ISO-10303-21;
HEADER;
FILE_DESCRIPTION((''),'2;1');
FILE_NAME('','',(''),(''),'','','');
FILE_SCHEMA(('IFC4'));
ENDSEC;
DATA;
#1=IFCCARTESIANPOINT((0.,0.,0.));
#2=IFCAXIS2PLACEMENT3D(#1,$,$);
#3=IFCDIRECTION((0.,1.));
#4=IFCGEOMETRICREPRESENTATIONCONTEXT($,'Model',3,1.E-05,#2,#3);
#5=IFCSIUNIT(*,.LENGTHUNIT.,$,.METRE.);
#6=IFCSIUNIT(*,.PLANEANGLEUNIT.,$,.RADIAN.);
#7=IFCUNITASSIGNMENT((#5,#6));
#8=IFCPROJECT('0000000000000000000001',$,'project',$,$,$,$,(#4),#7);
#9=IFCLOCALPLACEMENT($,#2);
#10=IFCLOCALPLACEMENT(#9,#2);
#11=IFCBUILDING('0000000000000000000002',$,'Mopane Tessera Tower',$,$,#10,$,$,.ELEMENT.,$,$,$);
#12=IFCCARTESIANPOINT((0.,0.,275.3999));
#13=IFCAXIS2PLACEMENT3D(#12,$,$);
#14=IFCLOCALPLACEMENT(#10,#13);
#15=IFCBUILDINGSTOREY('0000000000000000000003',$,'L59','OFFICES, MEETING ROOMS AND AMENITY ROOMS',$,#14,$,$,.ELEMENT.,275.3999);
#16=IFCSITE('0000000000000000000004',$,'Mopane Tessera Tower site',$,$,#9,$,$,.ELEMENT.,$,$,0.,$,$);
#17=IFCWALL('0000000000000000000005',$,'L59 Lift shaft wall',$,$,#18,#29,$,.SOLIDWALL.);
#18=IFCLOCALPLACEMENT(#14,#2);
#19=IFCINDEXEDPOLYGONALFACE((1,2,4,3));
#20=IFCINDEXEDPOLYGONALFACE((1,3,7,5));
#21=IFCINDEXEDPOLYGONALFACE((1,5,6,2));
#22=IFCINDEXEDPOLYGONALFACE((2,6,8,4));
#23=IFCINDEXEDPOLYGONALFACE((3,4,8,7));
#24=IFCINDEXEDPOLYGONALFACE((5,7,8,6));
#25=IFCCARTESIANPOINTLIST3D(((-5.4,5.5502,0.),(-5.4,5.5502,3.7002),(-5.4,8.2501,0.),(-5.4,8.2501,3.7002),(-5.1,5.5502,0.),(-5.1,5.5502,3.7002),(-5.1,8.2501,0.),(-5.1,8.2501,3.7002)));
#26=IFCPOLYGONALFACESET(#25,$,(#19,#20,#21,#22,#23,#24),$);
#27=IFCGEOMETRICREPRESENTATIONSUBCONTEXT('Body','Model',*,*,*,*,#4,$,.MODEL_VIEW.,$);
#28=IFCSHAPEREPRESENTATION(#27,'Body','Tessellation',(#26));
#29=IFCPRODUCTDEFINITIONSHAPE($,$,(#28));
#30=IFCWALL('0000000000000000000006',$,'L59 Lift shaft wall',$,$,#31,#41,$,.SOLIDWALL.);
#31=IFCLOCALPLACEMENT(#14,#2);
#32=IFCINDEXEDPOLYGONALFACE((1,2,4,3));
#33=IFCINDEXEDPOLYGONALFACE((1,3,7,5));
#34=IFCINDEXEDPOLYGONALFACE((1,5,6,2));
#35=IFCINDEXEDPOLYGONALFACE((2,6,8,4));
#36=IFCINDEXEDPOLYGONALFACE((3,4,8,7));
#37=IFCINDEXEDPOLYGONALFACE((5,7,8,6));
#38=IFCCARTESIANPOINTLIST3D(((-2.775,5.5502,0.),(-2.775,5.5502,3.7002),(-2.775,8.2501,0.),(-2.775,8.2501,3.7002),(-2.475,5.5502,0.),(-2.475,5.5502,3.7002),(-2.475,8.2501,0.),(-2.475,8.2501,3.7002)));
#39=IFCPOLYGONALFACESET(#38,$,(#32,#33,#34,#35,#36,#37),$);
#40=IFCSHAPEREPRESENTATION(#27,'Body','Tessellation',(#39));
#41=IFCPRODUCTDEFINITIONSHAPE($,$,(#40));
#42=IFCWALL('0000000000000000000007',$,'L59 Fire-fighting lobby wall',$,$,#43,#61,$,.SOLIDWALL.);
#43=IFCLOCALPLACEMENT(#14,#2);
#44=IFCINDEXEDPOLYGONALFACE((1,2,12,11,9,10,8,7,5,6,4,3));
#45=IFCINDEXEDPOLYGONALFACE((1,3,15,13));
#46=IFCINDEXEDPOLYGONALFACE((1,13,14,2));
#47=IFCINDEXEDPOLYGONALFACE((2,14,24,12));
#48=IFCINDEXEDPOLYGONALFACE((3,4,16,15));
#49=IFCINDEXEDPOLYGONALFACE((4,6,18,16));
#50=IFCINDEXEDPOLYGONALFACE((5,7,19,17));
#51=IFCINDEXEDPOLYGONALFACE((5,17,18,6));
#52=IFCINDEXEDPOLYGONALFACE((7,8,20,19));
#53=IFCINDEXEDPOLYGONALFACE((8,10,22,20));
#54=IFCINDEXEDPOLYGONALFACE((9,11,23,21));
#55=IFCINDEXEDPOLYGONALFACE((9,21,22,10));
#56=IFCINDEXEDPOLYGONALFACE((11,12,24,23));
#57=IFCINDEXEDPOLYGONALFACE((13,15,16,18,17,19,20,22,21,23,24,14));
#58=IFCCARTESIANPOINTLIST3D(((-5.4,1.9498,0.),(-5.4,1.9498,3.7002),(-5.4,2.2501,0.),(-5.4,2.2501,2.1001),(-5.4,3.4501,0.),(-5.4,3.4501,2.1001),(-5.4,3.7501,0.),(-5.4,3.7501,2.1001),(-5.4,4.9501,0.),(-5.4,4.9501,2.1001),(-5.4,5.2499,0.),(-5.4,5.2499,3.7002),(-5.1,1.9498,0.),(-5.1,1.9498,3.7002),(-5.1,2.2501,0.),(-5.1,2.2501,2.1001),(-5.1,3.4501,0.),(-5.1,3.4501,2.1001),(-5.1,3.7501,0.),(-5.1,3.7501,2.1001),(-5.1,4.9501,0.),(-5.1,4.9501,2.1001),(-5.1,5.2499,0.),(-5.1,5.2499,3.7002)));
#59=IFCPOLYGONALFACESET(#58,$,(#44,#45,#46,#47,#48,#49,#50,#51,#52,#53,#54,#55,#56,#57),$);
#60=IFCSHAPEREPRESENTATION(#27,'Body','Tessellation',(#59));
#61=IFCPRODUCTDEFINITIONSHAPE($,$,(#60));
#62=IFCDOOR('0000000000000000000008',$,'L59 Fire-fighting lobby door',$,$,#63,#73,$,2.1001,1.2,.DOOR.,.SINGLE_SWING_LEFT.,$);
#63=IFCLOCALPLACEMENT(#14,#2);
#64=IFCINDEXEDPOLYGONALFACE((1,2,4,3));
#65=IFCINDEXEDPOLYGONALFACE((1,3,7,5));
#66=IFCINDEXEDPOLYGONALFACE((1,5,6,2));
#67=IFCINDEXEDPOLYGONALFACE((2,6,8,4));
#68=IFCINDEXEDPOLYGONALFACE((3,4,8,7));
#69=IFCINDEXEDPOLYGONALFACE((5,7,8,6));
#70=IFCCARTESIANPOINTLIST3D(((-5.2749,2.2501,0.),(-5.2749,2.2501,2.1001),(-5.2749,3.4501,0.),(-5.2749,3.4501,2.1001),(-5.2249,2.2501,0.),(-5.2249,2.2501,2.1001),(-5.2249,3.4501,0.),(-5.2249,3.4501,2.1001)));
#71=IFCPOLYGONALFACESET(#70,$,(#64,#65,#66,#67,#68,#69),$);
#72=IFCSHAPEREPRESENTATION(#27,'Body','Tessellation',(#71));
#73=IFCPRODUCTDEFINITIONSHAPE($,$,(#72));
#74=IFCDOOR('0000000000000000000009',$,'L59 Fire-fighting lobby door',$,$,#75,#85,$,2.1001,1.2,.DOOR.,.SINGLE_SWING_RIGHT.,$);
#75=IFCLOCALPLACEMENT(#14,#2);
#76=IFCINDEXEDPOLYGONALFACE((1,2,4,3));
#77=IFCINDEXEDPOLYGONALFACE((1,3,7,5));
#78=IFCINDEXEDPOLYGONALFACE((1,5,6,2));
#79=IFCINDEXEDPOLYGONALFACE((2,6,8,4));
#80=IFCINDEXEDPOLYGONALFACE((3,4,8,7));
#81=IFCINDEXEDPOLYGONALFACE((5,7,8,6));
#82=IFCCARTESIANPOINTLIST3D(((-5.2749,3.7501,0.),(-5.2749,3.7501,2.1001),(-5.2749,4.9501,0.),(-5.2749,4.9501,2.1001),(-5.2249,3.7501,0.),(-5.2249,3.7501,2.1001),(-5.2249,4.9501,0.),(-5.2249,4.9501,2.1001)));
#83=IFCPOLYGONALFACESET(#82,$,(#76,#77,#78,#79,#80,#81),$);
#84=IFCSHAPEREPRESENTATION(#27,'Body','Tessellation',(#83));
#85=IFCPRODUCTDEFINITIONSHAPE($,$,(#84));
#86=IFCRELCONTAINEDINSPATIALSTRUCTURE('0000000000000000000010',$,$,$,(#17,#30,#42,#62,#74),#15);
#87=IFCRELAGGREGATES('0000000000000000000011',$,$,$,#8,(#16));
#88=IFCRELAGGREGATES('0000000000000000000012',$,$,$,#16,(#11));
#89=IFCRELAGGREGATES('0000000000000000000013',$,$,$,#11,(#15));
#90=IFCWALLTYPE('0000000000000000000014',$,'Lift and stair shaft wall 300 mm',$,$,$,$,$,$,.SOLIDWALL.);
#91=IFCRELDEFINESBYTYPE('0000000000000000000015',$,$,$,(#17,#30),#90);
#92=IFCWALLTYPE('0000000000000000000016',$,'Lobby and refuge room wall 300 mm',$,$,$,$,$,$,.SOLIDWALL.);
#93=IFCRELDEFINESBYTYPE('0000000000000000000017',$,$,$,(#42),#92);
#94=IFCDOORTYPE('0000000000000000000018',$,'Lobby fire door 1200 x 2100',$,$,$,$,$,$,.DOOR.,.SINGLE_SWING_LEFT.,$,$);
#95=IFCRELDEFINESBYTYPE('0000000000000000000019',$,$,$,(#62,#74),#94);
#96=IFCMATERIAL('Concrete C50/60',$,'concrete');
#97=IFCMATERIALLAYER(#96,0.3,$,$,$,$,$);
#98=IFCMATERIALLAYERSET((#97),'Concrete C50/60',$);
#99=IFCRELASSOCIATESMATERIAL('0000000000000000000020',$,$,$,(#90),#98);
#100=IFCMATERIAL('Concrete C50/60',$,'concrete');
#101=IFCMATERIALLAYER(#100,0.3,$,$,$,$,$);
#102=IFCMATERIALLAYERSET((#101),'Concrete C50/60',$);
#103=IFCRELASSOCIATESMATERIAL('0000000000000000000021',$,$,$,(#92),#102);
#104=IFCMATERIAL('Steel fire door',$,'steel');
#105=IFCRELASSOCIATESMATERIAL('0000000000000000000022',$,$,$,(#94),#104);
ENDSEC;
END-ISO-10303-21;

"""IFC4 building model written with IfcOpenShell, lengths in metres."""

from ifc_helpers import new_model, si_unit, direction, frame, frame_2d, origin, place, context, subcontext, project, spatial, rectangle, extrude, material, layer, layer_set, type_object, element, fill, save


model = new_model("IFC4")

# Units and contexts
model_context = context("Model", 3, precision=1e-05, world=origin(), true_north=direction((0.0, 1.0)))
body_context = subcontext(model_context, "Body", "Model", "MODEL_VIEW")
ifc_project = project(units=[si_unit("LENGTHUNIT", "METRE"), si_unit("PLANEANGLEUNIT", "RADIAN")], contexts=[model_context])

# Site, building, storey
site_placement = place(None, origin())
site = spatial("IfcSite", under=ifc_project, at=site_placement, Name="Mopane Tessera Tower site", CompositionType="ELEMENT", RefElevation=0.0)
building_placement = place(site_placement, origin())
building = spatial("IfcBuilding", under=site, at=building_placement, Name="Mopane Tessera Tower", CompositionType="ELEMENT")
storey_placement = place(building_placement, frame((0.0, 0.0, 275.3999)))
storey = spatial("IfcBuildingStorey", under=building, at=storey_placement, Name="L59", Description="OFFICES, MEETING ROOMS AND AMENITY ROOMS", CompositionType="ELEMENT", Elevation=275.3999)

# Shared definitions
ifc_material_1 = material(Name="Concrete C50/60", Category="concrete")
ifc_layer_1 = layer(ifc_material_1, 0.3)
ifc_layer_set_1 = layer_set([ifc_layer_1], Name="Concrete C50/60")
wall_type_1 = type_object("IfcWallType", Name="Lift and stair shaft wall 300 mm", PredefinedType="SOLIDWALL", material=ifc_layer_set_1)

# Walls
for number, where, z_axis, x_axis, name in (
    (1, (-5.25, 5.55, 0.0), (0.0, 0.0, 1.0), (0.0, 1.0, 0.0), "L59 Lift shaft wall"),
    (2, (-2.625, 5.55, 0.0), (0.0, 0.0, 1.0), (0.0, 1.0, 0.0), "L59 Lift shaft wall"),
):
    element("IfcWall", number, at=place(storey_placement, frame(where, z_axis=z_axis, x_axis=x_axis)), inside=storey, type_object=wall_type_1, Name=name, PredefinedType="SOLIDWALL", context=body_context, shape_type="SweptSolid", body=[
        extrude(rectangle(XDim=2.7, YDim=0.3, at=frame_2d((1.3501, 0.0))), origin(), (0.0, 0.0, 1.0), 3.7002),
    ])

# Wall, openings, doors
ifc_material_2 = material(Name="Concrete C50/60", Category="concrete")
ifc_layer_2 = layer(ifc_material_2, 0.3)
ifc_layer_set_2 = layer_set([ifc_layer_2], Name="Concrete C50/60")
wall_type_2 = type_object("IfcWallType", Name="Lobby and refuge room wall 300 mm", PredefinedType="SOLIDWALL", material=ifc_layer_set_2)
wall_1_placement = place(storey_placement, frame((-5.25, 1.95, 0.0), z_axis=(0.0, 0.0, 1.0), x_axis=(0.0, 1.0, 0.0)))
wall_1 = element("IfcWall", 3, at=wall_1_placement, inside=storey, type_object=wall_type_2, Name="L59 Fire-fighting lobby wall", PredefinedType="SOLIDWALL", context=body_context, shape_type="SweptSolid", body=[
    extrude(rectangle(XDim=3.3, YDim=0.3, at=frame_2d((1.6499, 0.0))), origin(), (0.0, 0.0, 1.0), 3.7002),
])
opening_1_placement = place(wall_1_placement, frame((0.3, 0.0, 0.0)))
opening_1 = element("IfcOpeningElement", 4, at=opening_1_placement, cuts=wall_1, PredefinedType="OPENING", context=body_context, shape_type="SweptSolid", body=[
    extrude(rectangle(XDim=1.2, YDim=2.1001, at=frame_2d((0.6001, 1.05))), frame((0.0, 0.1621, 0.0), z_axis=(0.0, -1.0, 0.0), x_axis=(1.0, 0.0, 0.0)), (0.0, 0.0, 1.0), 0.324),
])
opening_2_placement = place(wall_1_placement, frame((1.8, 0.0, 0.0)))
opening_2 = element("IfcOpeningElement", 5, at=opening_2_placement, cuts=wall_1, PredefinedType="OPENING", context=body_context, shape_type="SweptSolid", body=[
    extrude(rectangle(XDim=1.2, YDim=2.1001, at=frame_2d((0.6001, 1.05))), frame((0.0, 0.1621, 0.0), z_axis=(0.0, -1.0, 0.0), x_axis=(1.0, 0.0, 0.0)), (0.0, 0.0, 1.0), 0.324),
])
ifc_material_3 = material(Name="Steel fire door", Category="steel")
door_type_1 = type_object("IfcDoorType", Name="Lobby fire door 1200 x 2100", OperationType="SINGLE_SWING_LEFT", PredefinedType="DOOR", material=ifc_material_3)
door_1_placement = place(opening_1_placement, origin())
door_1 = element("IfcDoor", 6, at=door_1_placement, inside=storey, type_object=door_type_1, Name="L59 Fire-fighting lobby door", OperationType="SINGLE_SWING_LEFT", OverallHeight=2.1001, OverallWidth=1.2, PredefinedType="DOOR", context=body_context, shape_type="SweptSolid", body=[
    extrude(rectangle(XDim=1.2, YDim=2.1001, at=frame_2d((0.6001, 1.05))), frame((0.0, 0.0249, 0.0), z_axis=(0.0, -1.0, 0.0), x_axis=(1.0, 0.0, 0.0)), (0.0, 0.0, 1.0), 0.05),
])
fill(opening_1, door_1)
door_2_placement = place(opening_2_placement, origin())
door_2 = element("IfcDoor", 7, at=door_2_placement, inside=storey, type_object=door_type_1, Name="L59 Fire-fighting lobby door", OperationType="SINGLE_SWING_RIGHT", OverallHeight=2.1001, OverallWidth=1.2, PredefinedType="DOOR", context=body_context, shape_type="SweptSolid", body=[
    extrude(rectangle(XDim=1.2, YDim=2.1001, at=frame_2d((0.6001, 1.05))), frame((0.0, 0.0249, 0.0), z_axis=(0.0, -1.0, 0.0), x_axis=(1.0, 0.0, 0.0)), (0.0, 0.0, 1.0), 0.05),
])
fill(opening_2, door_2)

save(model, "model.ifc")
